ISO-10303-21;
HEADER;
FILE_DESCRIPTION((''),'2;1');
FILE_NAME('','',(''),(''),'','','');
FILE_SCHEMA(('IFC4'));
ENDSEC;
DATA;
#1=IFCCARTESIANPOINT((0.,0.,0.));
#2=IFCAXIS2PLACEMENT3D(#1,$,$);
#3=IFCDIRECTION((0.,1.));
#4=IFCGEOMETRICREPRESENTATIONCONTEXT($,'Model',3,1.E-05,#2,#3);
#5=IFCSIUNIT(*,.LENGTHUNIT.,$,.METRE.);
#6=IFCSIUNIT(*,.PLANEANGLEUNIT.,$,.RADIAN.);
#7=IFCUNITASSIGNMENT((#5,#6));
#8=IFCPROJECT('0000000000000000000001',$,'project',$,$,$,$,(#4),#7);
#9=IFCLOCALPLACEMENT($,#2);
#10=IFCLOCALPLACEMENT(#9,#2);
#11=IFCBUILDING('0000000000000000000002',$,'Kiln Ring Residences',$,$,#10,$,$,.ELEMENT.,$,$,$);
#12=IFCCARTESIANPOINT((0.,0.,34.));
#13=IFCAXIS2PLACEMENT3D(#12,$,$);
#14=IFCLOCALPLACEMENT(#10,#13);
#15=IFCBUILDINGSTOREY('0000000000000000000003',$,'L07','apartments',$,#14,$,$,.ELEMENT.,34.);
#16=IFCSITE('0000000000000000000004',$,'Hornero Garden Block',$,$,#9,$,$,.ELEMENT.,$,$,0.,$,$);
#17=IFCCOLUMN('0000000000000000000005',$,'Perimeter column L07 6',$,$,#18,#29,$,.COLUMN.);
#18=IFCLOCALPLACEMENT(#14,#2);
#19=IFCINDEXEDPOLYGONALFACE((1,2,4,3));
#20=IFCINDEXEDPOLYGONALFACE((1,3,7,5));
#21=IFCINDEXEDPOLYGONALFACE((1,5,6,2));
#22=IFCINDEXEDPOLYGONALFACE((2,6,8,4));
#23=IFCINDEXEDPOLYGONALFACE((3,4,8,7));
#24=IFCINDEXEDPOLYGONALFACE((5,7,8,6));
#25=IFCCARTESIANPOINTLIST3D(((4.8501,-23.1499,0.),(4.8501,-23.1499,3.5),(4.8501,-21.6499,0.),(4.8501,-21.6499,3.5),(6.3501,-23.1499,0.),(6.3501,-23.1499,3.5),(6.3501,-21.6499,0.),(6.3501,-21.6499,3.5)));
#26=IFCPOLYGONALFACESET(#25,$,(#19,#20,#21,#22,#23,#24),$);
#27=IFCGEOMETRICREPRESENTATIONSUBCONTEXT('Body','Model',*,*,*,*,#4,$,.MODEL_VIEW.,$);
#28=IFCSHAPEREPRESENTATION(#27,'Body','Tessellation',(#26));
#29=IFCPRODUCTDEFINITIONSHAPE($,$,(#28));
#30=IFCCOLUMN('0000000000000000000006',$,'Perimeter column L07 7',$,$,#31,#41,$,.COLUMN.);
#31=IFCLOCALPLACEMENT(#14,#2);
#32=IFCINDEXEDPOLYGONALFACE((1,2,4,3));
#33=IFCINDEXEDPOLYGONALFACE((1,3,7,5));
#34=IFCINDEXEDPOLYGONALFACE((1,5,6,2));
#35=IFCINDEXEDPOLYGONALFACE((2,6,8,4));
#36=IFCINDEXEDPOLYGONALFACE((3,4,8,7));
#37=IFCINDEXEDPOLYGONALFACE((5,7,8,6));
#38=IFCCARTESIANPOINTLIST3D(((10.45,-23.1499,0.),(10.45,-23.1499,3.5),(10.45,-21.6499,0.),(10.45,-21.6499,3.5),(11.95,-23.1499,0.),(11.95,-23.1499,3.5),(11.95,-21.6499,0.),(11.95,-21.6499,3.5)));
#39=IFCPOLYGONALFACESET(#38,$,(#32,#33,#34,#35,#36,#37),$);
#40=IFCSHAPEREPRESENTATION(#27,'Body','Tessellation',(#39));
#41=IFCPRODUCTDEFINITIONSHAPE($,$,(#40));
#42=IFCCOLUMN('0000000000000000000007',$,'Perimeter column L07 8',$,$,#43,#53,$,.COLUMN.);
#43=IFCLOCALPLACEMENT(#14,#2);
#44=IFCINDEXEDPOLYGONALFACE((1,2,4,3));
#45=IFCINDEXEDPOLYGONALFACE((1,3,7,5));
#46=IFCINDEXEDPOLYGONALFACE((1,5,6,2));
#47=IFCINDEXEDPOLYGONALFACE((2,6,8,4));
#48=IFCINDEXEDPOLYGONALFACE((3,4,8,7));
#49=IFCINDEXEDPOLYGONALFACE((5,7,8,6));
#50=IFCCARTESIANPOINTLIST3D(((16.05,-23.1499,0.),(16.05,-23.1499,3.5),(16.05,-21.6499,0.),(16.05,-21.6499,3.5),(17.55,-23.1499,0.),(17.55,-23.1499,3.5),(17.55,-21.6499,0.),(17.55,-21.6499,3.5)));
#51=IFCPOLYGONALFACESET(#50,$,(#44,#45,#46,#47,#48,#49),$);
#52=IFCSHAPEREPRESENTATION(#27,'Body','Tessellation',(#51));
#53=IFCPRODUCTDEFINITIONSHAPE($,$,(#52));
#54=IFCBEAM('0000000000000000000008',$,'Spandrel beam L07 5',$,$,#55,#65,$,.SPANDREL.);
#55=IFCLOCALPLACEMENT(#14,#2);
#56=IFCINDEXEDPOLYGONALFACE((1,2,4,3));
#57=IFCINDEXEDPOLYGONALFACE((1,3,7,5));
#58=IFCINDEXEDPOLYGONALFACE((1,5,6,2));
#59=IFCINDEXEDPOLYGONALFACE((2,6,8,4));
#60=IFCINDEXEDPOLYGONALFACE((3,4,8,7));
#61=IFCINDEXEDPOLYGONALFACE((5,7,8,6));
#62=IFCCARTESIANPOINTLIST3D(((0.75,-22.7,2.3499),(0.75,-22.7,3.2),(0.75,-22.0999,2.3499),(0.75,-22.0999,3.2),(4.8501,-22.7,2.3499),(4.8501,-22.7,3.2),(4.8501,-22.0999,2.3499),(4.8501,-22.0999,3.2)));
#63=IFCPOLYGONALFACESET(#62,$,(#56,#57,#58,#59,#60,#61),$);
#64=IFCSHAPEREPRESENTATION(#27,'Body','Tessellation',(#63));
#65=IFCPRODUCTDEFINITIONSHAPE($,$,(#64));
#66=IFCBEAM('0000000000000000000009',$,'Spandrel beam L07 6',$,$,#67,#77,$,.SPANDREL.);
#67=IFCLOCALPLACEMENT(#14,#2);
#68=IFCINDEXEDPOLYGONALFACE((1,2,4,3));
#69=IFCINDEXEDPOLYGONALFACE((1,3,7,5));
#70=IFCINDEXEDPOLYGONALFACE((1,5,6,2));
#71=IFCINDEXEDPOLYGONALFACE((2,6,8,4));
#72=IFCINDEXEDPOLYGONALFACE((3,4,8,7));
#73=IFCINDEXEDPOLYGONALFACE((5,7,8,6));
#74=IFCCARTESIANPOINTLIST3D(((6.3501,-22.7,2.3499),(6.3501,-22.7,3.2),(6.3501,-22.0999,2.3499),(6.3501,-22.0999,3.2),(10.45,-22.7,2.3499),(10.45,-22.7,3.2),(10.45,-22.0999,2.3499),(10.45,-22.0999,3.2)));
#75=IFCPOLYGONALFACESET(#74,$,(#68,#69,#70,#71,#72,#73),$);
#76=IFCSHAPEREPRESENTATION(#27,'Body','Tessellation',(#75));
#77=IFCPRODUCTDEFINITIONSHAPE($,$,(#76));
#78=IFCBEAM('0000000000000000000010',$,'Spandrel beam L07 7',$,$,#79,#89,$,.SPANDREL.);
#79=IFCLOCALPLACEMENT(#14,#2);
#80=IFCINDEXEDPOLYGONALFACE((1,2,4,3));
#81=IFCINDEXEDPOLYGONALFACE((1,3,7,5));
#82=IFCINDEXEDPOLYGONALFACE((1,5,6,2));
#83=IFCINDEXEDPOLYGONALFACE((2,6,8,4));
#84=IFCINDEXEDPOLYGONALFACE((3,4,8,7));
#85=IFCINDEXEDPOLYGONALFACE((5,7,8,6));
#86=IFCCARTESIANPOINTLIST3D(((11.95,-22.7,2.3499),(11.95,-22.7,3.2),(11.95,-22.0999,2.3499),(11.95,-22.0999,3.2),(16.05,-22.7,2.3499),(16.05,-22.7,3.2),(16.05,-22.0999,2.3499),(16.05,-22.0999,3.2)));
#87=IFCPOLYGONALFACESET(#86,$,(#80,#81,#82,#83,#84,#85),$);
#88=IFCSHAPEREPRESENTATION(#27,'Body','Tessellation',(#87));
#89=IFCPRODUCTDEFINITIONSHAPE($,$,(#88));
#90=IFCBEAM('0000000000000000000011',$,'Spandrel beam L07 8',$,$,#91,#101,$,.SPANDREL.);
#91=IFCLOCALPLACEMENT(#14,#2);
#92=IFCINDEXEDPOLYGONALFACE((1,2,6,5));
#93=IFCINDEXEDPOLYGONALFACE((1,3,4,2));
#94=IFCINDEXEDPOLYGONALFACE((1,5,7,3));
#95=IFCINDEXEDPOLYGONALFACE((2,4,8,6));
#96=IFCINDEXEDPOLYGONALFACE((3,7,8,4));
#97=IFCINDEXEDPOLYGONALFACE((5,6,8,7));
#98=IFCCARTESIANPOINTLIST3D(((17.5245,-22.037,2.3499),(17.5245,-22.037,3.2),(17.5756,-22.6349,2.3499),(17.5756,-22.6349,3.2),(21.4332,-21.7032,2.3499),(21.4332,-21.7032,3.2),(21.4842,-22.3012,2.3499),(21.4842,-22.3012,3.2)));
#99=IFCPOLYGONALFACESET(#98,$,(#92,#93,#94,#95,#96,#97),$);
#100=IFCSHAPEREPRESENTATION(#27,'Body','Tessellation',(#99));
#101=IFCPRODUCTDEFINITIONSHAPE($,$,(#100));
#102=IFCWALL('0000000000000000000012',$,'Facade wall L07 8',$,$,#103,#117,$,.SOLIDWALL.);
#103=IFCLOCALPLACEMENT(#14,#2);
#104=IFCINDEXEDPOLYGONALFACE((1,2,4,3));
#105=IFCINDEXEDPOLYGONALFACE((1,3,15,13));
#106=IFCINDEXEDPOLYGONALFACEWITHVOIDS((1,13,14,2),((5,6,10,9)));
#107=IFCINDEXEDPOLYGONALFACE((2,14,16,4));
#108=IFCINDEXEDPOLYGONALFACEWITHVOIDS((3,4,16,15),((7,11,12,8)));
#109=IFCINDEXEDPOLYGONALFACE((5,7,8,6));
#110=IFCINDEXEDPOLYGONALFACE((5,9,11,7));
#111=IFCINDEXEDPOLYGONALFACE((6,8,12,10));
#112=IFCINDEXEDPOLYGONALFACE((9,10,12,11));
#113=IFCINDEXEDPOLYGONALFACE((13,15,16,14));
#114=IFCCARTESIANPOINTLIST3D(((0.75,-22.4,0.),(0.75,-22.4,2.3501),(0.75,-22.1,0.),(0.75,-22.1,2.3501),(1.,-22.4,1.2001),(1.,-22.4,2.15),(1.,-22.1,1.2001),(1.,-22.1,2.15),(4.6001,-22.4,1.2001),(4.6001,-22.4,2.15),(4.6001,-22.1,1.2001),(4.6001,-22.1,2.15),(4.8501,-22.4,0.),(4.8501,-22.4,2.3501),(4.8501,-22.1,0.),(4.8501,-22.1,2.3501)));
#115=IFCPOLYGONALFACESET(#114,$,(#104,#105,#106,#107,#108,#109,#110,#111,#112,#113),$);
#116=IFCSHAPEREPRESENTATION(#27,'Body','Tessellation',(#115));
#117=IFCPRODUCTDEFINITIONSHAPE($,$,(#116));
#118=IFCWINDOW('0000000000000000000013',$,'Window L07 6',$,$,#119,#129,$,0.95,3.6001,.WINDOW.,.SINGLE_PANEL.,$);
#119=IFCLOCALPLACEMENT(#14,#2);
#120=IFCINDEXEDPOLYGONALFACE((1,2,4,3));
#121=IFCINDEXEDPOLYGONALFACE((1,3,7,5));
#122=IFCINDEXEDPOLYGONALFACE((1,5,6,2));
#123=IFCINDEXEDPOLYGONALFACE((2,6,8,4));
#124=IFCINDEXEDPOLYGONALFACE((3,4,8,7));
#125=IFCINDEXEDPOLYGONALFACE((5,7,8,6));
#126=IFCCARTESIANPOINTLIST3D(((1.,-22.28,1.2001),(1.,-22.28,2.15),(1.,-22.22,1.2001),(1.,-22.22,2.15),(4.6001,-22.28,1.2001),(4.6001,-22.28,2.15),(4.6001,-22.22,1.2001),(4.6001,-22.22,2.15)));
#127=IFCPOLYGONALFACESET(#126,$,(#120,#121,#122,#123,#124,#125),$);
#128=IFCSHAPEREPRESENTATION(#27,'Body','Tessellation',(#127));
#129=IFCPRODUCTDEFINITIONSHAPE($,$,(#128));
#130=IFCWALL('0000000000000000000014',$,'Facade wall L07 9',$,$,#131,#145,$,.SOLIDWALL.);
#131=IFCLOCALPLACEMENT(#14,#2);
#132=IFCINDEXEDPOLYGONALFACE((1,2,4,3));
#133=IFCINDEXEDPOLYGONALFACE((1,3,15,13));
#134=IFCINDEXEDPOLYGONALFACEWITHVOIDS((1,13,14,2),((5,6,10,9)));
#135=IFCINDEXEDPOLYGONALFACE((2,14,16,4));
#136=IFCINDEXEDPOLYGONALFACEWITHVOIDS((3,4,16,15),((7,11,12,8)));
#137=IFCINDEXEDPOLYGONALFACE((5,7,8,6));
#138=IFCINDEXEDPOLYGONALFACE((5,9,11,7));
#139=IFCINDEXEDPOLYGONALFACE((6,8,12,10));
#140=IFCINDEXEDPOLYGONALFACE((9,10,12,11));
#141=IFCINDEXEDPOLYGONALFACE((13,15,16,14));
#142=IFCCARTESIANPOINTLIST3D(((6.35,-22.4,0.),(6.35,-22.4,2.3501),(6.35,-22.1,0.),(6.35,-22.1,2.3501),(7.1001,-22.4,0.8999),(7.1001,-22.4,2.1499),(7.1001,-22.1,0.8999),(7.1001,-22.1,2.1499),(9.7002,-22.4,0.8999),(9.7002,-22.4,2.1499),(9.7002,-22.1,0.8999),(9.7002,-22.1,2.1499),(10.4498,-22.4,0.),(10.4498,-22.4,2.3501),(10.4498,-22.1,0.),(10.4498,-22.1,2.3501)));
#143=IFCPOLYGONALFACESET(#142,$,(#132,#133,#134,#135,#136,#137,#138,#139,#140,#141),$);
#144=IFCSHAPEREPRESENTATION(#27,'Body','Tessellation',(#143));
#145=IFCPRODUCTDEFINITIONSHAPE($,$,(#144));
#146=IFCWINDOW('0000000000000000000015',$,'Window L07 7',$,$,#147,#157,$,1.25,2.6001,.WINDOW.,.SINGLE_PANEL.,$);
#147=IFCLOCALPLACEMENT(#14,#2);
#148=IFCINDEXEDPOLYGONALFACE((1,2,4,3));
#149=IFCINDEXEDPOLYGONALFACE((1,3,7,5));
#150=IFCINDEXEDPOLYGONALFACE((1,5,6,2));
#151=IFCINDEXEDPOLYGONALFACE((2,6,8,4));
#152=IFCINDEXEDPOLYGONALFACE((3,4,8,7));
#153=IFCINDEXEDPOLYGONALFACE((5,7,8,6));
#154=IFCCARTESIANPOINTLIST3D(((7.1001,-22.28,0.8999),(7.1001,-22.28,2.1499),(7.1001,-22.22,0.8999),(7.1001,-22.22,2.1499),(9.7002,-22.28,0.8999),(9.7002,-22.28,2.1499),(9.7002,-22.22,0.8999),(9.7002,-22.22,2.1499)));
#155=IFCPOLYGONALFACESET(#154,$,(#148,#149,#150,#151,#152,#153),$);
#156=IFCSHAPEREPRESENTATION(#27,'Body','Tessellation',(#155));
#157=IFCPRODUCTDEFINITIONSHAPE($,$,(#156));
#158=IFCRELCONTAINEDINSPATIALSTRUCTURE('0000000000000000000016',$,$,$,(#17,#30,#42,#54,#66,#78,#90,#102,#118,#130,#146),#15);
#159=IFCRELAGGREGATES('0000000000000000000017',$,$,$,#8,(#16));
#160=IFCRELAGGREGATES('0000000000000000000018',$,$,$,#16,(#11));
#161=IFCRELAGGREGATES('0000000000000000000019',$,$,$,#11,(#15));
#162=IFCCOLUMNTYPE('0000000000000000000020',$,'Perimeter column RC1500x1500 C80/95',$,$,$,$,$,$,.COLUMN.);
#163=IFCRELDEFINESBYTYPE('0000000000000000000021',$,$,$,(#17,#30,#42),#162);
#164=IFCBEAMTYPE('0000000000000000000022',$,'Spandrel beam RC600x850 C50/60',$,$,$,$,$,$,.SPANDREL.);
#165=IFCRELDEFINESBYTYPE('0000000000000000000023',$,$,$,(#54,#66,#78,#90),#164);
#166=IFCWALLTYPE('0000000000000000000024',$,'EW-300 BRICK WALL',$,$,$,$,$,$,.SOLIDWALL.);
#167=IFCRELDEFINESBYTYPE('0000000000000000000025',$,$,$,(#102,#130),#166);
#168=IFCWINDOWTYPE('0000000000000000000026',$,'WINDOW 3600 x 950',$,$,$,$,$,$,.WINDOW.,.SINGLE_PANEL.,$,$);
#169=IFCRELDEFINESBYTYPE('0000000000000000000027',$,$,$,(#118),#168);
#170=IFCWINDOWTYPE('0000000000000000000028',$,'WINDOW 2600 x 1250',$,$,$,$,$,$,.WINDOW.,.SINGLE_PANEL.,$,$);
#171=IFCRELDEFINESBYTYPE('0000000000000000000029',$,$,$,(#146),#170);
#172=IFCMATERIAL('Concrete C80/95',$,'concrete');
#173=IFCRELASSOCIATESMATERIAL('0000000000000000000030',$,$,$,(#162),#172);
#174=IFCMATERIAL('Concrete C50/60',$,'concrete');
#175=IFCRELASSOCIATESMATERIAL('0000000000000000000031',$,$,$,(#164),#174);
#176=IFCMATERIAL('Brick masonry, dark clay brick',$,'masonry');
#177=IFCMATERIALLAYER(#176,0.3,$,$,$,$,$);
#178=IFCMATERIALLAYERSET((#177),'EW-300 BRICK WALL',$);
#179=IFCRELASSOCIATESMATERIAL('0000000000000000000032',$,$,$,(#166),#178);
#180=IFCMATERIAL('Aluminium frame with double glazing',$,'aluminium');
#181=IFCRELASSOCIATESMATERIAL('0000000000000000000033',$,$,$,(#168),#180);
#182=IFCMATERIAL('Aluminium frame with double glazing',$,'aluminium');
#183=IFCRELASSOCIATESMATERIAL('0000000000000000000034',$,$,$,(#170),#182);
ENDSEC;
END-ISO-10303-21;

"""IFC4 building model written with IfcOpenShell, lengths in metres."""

from ifc_helpers import new_model, si_unit, direction, frame, frame_2d, origin, origin_2d, place, context, subcontext, project, spatial, rectangle, extrude, material, layer, layer_set, material_profile, profile_set, type_object, element, fill, save


model = new_model("IFC4")

# Units and contexts
model_context = context("Model", 3, precision=1e-05, world=origin(), true_north=direction((0.0, 1.0)))
body_context = subcontext(model_context, "Body", "Model", "MODEL_VIEW")
ifc_project = project(units=[si_unit("LENGTHUNIT", "METRE"), si_unit("PLANEANGLEUNIT", "RADIAN")], contexts=[model_context])

# Site, building, storey
site_placement = place(None, origin())
site = spatial("IfcSite", under=ifc_project, at=site_placement, Name="Hornero Garden Block", CompositionType="ELEMENT", RefElevation=0.0)
building_placement = place(site_placement, origin())
building = spatial("IfcBuilding", under=site, at=building_placement, Name="Kiln Ring Residences", CompositionType="ELEMENT")
storey_placement = place(building_placement, frame((0.0, 0.0, 34.0)))
storey = spatial("IfcBuildingStorey", under=building, at=storey_placement, Name="L07", Description="apartments", CompositionType="ELEMENT", Elevation=34.0)

# Columns
ifc_material_1 = material(Name="Concrete C80/95", Category="concrete")
ifc_material_profile_1 = material_profile(ifc_material_1, rectangle(XDim=1.5, YDim=1.5, at=origin_2d()), Name="RC1500x1500")
ifc_profile_set_1 = profile_set([ifc_material_profile_1], Name="Concrete C80/95")
column_type = type_object("IfcColumnType", Name="Perimeter column RC1500x1500 C80/95", PredefinedType="COLUMN", material=ifc_profile_set_1)
for number, where, z_axis, x_axis, name in (
    (1, (5.6001, -22.3999, 0.0), (0.0, 0.0, 1.0), (1.0, 0.0, 0.0), "Perimeter column L07 6"),
    (2, (11.2, -22.3999, 0.0), (0.0, 0.0, 1.0), (1.0, 0.0, 0.0), "Perimeter column L07 7"),
    (3, (16.8, -22.3999, 0.0), (0.0, 0.0, 1.0), (1.0, 0.0, 0.0), "Perimeter column L07 8"),
):
    element("IfcColumn", number, at=place(storey_placement, frame(where, z_axis=z_axis, x_axis=x_axis)), inside=storey, type_object=column_type, Name=name, PredefinedType="COLUMN", context=body_context, shape_type="SweptSolid", body=[
        extrude(rectangle(XDim=1.5, YDim=1.5, at=origin_2d()), origin(), (0.0, 0.0, 1.0), 3.5),
    ])

# Beams
ifc_material_2 = material(Name="Concrete C50/60", Category="concrete")
ifc_material_profile_2 = material_profile(ifc_material_2, rectangle(XDim=0.6001, YDim=0.8501, at=origin_2d()), Name="RC600x850")
ifc_profile_set_2 = profile_set([ifc_material_profile_2], Name="Concrete C50/60")
beam_type = type_object("IfcBeamType", Name="Spandrel beam RC600x850 C50/60", PredefinedType="SPANDREL", material=ifc_profile_set_2)
beam_1_placement = place(storey_placement, frame((0.75, -22.3999, 2.7749), z_axis=(1.0, 0.0, 0.0), x_axis=(0.0, 1.0, 0.0)))
element("IfcBeam", 4, at=beam_1_placement, inside=storey, type_object=beam_type, Name="Spandrel beam L07 5", PredefinedType="SPANDREL", context=body_context, shape_type="SweptSolid", body=[
    extrude(rectangle(XDim=0.6001, YDim=0.8501, at=origin_2d()), origin(), (0.0, 0.0, 1.0), 4.1001),
])
beam_2_placement = place(storey_placement, frame((6.3501, -22.3999, 2.7749), z_axis=(1.0, 0.0, 0.0), x_axis=(0.0, 1.0, 0.0)))
element("IfcBeam", 5, at=beam_2_placement, inside=storey, type_object=beam_type, Name="Spandrel beam L07 6", PredefinedType="SPANDREL", context=body_context, shape_type="SweptSolid", body=[
    extrude(rectangle(XDim=0.6001, YDim=0.8501, at=origin_2d()), origin(), (0.0, 0.0, 1.0), 4.0999),
])
beam_3_placement = place(storey_placement, frame((11.95, -22.3999, 2.7749), z_axis=(1.0, 0.0, 0.0), x_axis=(0.0, 1.0, 0.0)))
element("IfcBeam", 6, at=beam_3_placement, inside=storey, type_object=beam_type, Name="Spandrel beam L07 7", PredefinedType="SPANDREL", context=body_context, shape_type="SweptSolid", body=[
    extrude(rectangle(XDim=0.6001, YDim=0.8501, at=origin_2d()), origin(), (0.0, 0.0, 1.0), 4.1001),
])
beam_4_placement = place(storey_placement, frame((17.55, -22.3359, 2.7749), z_axis=(0.996375, 0.085075, 0.0), x_axis=(-0.085075, 0.996375, 0.0)))
element("IfcBeam", 7, at=beam_4_placement, inside=storey, type_object=beam_type, Name="Spandrel beam L07 8", PredefinedType="SPANDREL", context=body_context, shape_type="SweptSolid", body=[
    extrude(rectangle(XDim=0.6001, YDim=0.8501, at=origin_2d()), origin(), (0.0, 0.0, 1.0), 3.9229),
])

# Walls, openings, windows
ifc_material_3 = material(Name="Brick masonry, dark clay brick", Category="masonry")
ifc_layer_1 = layer(ifc_material_3, 0.3)
ifc_layer_set_1 = layer_set([ifc_layer_1], Name="EW-300 BRICK WALL")
wall_type_1 = type_object("IfcWallType", Name="EW-300 BRICK WALL", PredefinedType="SOLIDWALL", material=ifc_layer_set_1)
wall_1_placement = place(storey_placement, frame((0.75, -22.25, 0.0), z_axis=(0.0, 0.0, 1.0), x_axis=(1.0, 0.0, 0.0)))
wall_1 = element("IfcWall", 8, at=wall_1_placement, inside=storey, type_object=wall_type_1, Name="Facade wall L07 8", PredefinedType="SOLIDWALL", context=body_context, shape_type="SweptSolid", body=[
    extrude(rectangle(XDim=4.1001, YDim=0.3, at=frame_2d((2.05, 0.0))), origin(), (0.0, 0.0, 1.0), 2.3501),
])
opening_1_placement = place(wall_1_placement, frame((0.25, 0.0, 1.2)))
opening_1 = element("IfcOpeningElement", 9, at=opening_1_placement, cuts=wall_1, PredefinedType="OPENING", context=body_context, shape_type="SweptSolid", body=[
    extrude(rectangle(XDim=3.6001, YDim=0.95, at=frame_2d((1.8, 0.4751))), frame((0.0, 0.1599, 0.0), z_axis=(0.0, -1.0, 0.0), x_axis=(1.0, 0.0, 0.0)), (0.0, 0.0, 1.0), 0.3201),
])
ifc_material_4 = material(Name="Aluminium frame with double glazing", Category="aluminium")
window_type_1 = type_object("IfcWindowType", Name="WINDOW 3600 x 950", PartitioningType="SINGLE_PANEL", PredefinedType="WINDOW", material=ifc_material_4)
window_1_placement = place(opening_1_placement, origin())
window_1 = element("IfcWindow", 10, at=window_1_placement, inside=storey, type_object=window_type_1, Name="Window L07 6", OverallHeight=0.95, OverallWidth=3.6001, PartitioningType="SINGLE_PANEL", PredefinedType="WINDOW", context=body_context, shape_type="SweptSolid", body=[
    extrude(rectangle(XDim=3.6001, YDim=0.95, at=frame_2d((1.8, 0.4751))), frame((0.0, 0.03, 0.0), z_axis=(0.0, -1.0, 0.0), x_axis=(1.0, 0.0, 0.0)), (0.0, 0.0, 1.0), 0.0601),
])
fill(opening_1, window_1)
wall_2_placement = place(storey_placement, frame((6.3501, -22.25, 0.0), z_axis=(0.0, 0.0, 1.0), x_axis=(1.0, 0.0, 0.0)))
wall_2 = element("IfcWall", 11, at=wall_2_placement, inside=storey, type_object=wall_type_1, Name="Facade wall L07 9", PredefinedType="SOLIDWALL", context=body_context, shape_type="SweptSolid", body=[
    extrude(rectangle(XDim=4.0999, YDim=0.3, at=frame_2d((2.0498, 0.0))), origin(), (0.0, 0.0, 1.0), 2.3501),
])
opening_2_placement = place(wall_2_placement, frame((0.75, 0.0, 0.8999)))
opening_2 = element("IfcOpeningElement", 12, at=opening_2_placement, cuts=wall_2, PredefinedType="OPENING", context=body_context, shape_type="SweptSolid", body=[
    extrude(rectangle(XDim=2.6001, YDim=1.25, at=frame_2d((1.3, 0.625))), frame((0.0, 0.1599, 0.0), z_axis=(0.0, -1.0, 0.0), x_axis=(1.0, 0.0, 0.0)), (0.0, 0.0, 1.0), 0.3201),
])
ifc_material_5 = material(Name="Aluminium frame with double glazing", Category="aluminium")
window_type_2 = type_object("IfcWindowType", Name="WINDOW 2600 x 1250", PartitioningType="SINGLE_PANEL", PredefinedType="WINDOW", material=ifc_material_5)
window_2_placement = place(opening_2_placement, origin())
window_2 = element("IfcWindow", 13, at=window_2_placement, inside=storey, type_object=window_type_2, Name="Window L07 7", OverallHeight=1.25, OverallWidth=2.6001, PartitioningType="SINGLE_PANEL", PredefinedType="WINDOW", context=body_context, shape_type="SweptSolid", body=[
    extrude(rectangle(XDim=2.6001, YDim=1.25, at=frame_2d((1.3, 0.625))), frame((0.0, 0.03, 0.0), z_axis=(0.0, -1.0, 0.0), x_axis=(1.0, 0.0, 0.0)), (0.0, 0.0, 1.0), 0.0601),
])
fill(opening_2, window_2)

save(model, "model.ifc")
